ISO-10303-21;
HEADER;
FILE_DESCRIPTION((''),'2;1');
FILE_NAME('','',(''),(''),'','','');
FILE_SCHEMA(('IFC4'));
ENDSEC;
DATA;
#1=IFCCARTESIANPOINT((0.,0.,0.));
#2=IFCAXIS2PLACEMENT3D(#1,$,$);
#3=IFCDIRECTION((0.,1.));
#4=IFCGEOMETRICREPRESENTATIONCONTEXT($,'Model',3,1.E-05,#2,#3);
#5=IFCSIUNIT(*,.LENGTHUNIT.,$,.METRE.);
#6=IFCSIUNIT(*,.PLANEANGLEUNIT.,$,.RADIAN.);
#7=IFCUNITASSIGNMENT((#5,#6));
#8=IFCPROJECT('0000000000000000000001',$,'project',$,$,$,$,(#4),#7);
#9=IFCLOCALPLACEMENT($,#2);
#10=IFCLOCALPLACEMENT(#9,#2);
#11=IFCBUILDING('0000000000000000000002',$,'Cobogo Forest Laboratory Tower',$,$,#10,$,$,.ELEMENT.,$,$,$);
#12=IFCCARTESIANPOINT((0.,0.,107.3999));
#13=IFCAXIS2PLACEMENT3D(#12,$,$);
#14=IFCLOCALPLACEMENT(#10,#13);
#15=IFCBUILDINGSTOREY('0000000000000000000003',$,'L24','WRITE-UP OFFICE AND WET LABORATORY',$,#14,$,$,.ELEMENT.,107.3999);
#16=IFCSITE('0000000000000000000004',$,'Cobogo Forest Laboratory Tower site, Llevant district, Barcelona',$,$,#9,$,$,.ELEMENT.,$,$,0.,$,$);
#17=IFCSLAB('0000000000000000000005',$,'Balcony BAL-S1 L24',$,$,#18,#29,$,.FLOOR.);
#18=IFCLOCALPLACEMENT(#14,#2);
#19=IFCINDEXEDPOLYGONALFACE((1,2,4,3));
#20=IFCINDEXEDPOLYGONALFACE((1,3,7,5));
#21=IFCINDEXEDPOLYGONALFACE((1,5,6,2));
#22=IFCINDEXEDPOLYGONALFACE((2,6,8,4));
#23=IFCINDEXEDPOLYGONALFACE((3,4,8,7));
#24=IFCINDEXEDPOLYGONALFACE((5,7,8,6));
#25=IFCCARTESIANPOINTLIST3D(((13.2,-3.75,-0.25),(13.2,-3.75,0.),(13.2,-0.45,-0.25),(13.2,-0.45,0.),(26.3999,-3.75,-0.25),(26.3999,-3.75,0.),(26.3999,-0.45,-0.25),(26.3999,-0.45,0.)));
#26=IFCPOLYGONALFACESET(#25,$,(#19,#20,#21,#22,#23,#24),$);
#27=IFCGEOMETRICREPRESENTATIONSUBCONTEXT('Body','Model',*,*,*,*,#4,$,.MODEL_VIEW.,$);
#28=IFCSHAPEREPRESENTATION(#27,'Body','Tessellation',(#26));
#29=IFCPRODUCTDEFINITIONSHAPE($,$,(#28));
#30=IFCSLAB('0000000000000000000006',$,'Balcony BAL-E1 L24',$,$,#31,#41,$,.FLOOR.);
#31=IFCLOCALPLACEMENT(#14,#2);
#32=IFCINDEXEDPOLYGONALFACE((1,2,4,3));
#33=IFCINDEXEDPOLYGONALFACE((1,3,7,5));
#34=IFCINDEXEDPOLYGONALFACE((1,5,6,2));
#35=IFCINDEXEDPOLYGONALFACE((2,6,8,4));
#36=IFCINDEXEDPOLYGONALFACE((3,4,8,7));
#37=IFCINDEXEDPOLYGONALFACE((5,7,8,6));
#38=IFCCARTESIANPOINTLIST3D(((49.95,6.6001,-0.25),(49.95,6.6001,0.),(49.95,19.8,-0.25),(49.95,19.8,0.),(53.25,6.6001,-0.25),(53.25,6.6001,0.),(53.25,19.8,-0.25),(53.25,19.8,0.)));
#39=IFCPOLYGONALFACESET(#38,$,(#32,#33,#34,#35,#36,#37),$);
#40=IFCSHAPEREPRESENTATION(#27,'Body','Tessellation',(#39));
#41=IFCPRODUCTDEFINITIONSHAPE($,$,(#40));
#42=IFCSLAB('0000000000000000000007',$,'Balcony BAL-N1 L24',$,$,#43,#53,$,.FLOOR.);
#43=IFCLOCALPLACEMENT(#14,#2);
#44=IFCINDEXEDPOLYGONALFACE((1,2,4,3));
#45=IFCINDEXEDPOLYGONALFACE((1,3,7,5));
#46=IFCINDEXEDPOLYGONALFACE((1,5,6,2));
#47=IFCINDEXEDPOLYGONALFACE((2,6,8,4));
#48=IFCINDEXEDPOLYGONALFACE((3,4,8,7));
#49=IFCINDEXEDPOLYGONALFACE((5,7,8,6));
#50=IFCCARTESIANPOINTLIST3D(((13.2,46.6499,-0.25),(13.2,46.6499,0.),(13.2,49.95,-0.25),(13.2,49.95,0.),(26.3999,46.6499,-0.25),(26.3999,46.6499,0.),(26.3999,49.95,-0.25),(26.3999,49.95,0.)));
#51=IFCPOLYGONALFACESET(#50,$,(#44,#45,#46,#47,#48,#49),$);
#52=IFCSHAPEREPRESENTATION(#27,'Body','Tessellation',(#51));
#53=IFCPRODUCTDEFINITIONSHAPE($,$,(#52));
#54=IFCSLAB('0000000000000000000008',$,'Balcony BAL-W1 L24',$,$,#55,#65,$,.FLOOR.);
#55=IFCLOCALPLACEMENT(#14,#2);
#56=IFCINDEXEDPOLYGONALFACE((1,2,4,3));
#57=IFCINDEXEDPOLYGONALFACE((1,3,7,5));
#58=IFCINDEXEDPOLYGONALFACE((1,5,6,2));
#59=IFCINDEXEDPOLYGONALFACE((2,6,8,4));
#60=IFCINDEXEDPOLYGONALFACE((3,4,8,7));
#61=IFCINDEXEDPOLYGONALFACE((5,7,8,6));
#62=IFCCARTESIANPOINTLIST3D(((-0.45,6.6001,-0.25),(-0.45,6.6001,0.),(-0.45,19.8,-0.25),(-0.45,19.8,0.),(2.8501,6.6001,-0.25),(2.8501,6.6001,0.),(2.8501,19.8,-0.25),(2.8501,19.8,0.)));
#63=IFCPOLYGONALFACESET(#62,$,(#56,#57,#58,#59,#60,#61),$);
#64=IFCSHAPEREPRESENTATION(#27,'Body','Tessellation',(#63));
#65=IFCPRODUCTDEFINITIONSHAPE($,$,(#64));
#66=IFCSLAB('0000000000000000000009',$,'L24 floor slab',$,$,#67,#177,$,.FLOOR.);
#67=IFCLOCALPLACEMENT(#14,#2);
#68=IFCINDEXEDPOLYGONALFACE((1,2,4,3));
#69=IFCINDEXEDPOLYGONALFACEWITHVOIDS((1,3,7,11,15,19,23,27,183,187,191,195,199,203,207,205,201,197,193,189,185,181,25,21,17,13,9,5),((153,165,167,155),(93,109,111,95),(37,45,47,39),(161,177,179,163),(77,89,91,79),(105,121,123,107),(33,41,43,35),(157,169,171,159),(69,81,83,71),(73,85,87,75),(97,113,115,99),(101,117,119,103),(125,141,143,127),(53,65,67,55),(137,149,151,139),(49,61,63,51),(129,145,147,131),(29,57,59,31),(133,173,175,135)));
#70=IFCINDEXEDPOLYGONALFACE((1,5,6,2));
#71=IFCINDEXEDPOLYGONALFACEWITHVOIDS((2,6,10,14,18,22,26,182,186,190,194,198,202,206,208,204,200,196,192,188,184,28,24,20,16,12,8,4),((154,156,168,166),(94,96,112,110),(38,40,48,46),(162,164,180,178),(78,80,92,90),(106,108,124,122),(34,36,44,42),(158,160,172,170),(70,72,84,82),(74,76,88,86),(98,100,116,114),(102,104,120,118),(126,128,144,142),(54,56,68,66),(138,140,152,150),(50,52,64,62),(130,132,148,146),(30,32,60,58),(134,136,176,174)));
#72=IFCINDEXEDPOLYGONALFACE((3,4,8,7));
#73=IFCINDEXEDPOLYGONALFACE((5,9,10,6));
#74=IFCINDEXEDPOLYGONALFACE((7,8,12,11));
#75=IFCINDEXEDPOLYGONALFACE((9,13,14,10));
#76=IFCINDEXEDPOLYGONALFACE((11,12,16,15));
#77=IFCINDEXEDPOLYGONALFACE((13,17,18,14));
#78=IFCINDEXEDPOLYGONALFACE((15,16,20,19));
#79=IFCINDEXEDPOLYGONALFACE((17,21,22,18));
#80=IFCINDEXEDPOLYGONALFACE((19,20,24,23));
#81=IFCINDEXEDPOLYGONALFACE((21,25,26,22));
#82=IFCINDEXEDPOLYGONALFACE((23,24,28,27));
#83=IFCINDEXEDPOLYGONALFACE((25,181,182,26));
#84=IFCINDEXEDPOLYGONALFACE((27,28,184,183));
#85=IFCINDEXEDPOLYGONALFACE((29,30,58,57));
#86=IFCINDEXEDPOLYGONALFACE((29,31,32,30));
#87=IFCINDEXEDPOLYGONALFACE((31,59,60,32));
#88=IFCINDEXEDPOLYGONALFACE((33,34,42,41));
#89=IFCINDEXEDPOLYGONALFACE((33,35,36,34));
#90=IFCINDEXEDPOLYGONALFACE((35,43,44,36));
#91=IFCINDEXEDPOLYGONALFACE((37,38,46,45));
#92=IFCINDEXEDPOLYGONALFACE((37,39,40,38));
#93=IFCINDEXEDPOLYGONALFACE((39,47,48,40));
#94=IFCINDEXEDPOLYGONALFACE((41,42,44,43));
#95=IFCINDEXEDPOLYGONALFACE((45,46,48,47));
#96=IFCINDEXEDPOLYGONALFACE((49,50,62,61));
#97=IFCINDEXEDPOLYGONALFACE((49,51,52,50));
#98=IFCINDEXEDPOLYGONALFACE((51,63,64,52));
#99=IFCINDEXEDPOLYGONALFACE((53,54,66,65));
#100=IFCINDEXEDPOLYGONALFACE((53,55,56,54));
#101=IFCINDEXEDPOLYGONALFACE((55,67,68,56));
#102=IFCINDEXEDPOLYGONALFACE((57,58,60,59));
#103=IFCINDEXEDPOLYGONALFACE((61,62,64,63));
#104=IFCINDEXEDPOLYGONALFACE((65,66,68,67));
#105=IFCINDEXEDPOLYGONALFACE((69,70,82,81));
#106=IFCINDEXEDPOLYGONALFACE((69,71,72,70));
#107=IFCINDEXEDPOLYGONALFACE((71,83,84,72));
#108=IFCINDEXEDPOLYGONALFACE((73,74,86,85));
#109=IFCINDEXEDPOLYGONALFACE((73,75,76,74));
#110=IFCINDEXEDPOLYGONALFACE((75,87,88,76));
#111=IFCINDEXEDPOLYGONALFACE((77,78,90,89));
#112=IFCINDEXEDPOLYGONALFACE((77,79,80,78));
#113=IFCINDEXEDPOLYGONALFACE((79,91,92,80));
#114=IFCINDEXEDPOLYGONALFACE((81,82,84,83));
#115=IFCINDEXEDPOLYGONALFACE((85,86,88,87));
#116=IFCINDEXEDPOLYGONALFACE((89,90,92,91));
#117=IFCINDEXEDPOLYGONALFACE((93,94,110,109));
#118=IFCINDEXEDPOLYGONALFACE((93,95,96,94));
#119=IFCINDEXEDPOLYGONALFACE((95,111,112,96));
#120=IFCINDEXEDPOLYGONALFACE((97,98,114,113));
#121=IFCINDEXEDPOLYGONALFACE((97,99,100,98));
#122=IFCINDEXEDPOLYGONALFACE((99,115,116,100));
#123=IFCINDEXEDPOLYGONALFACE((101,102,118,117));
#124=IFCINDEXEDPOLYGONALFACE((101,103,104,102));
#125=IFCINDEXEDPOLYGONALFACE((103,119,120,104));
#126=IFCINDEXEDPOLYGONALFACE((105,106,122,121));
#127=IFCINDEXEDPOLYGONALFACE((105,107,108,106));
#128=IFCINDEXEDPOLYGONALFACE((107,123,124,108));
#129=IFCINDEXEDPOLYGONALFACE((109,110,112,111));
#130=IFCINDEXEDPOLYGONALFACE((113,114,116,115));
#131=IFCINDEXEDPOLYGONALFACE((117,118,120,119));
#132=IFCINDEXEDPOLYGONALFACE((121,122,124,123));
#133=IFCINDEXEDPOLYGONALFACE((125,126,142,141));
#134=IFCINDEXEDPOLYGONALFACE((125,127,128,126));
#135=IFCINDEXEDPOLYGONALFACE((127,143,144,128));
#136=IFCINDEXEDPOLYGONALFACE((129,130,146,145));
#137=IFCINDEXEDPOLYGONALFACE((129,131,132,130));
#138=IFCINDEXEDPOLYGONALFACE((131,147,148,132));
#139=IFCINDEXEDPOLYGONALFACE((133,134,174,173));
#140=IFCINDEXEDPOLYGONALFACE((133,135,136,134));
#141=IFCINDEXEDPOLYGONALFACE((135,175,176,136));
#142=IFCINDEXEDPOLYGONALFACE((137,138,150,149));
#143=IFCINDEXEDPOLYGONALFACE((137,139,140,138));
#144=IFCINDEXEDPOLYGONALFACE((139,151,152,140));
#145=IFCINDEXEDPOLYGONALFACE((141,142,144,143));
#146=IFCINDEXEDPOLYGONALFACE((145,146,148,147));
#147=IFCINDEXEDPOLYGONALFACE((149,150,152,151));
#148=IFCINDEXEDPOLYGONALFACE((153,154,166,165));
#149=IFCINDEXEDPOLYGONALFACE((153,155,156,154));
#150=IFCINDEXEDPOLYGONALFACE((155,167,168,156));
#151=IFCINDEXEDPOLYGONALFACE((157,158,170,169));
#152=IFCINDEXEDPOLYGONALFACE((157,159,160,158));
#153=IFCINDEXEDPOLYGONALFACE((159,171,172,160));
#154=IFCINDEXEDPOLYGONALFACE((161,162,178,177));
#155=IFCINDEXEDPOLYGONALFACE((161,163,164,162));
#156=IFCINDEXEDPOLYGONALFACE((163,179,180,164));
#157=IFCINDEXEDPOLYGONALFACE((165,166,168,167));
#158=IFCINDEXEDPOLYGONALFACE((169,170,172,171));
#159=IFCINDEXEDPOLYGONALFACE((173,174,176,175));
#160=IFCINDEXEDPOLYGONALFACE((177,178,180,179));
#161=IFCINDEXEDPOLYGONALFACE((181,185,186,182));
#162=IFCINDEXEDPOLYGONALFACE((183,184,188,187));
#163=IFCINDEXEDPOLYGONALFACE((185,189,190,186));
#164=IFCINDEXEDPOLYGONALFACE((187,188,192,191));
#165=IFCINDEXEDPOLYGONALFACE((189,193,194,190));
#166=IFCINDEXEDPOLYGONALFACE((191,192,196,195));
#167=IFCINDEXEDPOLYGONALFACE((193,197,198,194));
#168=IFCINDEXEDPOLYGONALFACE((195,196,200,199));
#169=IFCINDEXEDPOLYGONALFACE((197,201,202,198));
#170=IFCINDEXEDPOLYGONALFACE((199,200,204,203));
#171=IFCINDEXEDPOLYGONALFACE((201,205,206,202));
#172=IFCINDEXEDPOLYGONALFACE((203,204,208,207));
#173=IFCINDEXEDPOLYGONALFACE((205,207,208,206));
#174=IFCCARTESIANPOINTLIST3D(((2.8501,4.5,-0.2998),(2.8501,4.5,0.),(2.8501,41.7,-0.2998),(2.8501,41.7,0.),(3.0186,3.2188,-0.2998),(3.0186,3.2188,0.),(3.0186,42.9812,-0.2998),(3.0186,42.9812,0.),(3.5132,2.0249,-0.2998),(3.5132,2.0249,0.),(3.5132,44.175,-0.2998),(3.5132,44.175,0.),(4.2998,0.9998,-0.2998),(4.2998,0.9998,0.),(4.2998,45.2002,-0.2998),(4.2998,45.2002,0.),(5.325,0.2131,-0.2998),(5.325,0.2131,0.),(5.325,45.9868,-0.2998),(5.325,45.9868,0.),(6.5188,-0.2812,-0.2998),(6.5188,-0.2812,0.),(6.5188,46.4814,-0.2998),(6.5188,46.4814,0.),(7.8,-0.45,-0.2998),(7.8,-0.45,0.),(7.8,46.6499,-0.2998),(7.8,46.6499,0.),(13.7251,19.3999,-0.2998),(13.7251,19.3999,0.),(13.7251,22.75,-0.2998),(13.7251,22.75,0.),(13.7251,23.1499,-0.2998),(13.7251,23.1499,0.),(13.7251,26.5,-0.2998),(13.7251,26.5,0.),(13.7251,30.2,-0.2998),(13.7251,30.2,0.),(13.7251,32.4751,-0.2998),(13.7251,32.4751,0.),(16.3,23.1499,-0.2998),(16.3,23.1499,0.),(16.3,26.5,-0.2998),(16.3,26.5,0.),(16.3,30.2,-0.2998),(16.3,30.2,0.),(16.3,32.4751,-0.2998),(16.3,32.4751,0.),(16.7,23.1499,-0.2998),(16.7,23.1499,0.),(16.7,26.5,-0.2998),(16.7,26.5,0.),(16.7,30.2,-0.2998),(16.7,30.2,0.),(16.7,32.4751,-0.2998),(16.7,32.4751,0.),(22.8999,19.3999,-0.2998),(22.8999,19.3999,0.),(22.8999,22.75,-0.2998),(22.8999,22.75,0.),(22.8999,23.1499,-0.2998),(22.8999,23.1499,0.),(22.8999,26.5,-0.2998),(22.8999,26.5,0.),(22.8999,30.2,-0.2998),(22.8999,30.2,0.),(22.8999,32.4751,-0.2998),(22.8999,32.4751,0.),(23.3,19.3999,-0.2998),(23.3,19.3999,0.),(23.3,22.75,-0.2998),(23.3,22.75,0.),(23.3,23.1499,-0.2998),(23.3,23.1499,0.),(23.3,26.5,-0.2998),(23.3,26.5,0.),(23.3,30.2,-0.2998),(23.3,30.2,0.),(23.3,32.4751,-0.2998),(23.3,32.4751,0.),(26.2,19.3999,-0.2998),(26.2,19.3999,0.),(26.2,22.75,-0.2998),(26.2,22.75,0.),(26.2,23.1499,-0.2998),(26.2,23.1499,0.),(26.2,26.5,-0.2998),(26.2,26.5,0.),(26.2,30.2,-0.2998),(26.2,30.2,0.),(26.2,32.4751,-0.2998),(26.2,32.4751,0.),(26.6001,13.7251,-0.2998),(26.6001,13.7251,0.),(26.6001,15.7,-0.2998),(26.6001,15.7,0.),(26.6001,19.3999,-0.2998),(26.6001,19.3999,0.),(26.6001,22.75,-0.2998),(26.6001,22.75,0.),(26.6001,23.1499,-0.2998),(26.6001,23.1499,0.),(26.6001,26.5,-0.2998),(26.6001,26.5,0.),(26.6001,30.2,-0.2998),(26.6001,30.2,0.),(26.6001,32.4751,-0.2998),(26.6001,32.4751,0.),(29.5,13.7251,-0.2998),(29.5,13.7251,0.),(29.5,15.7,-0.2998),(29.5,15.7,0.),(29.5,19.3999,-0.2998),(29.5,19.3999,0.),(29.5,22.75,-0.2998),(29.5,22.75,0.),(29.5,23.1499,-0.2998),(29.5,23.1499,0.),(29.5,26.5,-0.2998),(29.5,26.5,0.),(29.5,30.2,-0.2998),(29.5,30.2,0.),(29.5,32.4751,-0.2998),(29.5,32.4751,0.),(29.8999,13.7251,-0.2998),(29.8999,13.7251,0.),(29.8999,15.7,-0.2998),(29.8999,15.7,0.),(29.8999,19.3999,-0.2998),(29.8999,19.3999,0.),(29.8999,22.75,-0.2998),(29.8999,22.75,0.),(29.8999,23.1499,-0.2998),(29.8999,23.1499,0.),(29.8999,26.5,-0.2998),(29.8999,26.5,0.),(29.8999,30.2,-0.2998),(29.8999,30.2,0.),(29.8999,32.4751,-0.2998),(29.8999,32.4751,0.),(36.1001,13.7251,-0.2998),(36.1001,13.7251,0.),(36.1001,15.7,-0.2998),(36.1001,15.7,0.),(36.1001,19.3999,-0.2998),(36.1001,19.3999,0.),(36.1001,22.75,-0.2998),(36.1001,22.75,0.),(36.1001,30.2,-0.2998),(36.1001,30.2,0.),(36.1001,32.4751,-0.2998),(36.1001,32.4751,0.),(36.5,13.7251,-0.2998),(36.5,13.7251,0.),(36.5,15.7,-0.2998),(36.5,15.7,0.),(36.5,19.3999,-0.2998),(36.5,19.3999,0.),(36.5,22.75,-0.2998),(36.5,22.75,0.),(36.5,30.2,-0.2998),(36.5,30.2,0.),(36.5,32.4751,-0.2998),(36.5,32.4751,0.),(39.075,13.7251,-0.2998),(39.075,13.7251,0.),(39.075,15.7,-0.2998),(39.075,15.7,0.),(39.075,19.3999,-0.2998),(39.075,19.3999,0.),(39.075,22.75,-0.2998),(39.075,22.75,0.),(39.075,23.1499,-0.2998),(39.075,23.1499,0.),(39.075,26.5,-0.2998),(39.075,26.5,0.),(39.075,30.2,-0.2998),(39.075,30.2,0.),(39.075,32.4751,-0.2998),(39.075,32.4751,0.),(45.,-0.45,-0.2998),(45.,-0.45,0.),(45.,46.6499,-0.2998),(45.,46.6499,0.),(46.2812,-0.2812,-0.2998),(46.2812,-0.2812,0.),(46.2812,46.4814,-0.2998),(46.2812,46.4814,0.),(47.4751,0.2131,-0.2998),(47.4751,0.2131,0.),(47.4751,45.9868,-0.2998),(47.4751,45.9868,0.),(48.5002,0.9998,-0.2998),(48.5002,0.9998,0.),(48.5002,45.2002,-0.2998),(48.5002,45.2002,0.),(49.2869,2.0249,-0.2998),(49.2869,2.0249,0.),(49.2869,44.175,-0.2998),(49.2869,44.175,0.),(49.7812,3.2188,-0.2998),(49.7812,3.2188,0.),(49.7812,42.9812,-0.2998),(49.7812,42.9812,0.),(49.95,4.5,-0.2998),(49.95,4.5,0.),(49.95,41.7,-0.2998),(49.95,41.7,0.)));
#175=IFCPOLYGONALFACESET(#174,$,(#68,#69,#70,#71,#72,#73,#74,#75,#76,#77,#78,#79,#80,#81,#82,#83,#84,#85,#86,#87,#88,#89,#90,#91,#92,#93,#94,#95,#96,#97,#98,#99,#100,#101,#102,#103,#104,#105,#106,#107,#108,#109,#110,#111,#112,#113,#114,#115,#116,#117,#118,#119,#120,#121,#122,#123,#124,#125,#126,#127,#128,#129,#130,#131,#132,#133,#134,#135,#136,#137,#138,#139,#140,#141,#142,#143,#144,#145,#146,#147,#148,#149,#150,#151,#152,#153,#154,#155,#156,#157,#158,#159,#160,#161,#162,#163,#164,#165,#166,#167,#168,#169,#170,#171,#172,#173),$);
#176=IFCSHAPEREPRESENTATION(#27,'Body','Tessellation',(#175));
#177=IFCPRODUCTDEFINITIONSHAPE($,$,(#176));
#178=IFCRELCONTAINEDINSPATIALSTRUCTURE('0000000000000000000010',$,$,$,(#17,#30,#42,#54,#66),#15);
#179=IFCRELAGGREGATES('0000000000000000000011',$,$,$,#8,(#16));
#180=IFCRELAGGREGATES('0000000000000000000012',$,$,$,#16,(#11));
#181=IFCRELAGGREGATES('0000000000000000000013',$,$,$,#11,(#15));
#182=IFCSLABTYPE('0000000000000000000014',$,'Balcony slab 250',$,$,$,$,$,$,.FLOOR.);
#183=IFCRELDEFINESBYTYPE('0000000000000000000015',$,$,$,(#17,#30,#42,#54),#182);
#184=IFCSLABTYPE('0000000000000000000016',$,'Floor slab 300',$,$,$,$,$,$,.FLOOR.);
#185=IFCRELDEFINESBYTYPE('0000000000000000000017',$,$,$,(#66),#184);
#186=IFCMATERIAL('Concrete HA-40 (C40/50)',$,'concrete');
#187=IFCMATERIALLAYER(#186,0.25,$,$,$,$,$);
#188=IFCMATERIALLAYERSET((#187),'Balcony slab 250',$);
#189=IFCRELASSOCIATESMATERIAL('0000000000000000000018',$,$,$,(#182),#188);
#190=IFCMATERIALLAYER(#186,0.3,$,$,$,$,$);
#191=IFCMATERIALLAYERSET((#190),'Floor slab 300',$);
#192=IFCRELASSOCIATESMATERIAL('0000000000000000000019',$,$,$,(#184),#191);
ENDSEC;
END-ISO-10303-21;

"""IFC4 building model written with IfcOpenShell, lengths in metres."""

from ifc_helpers import new_model, si_unit, direction, frame, origin, place, context, subcontext, project, spatial, polyline, outline, extrude, material, layer, layer_set, type_object, element, save


model = new_model("IFC4")

# Units and contexts
model_context = context("Model", 3, precision=1e-05, world=origin(), true_north=direction((0.0, 1.0)))
body_context = subcontext(model_context, "Body", "Model", "MODEL_VIEW")
ifc_project = project(units=[si_unit("LENGTHUNIT", "METRE"), si_unit("PLANEANGLEUNIT", "RADIAN")], contexts=[model_context])

# Site, building, storey
site_placement = place(None, origin())
site = spatial("IfcSite", under=ifc_project, at=site_placement, Name="Cobogo Forest Laboratory Tower site, Llevant district, Barcelona", CompositionType="ELEMENT", RefElevation=0.0)
building_placement = place(site_placement, origin())
building = spatial("IfcBuilding", under=site, at=building_placement, Name="Cobogo Forest Laboratory Tower", CompositionType="ELEMENT")
storey_placement = place(building_placement, frame((0.0, 0.0, 107.3999)))
storey = spatial("IfcBuildingStorey", under=building, at=storey_placement, Name="L24", Description="WRITE-UP OFFICE AND WET LABORATORY", CompositionType="ELEMENT", Elevation=107.3999)

# Slabs
ifc_material_1 = material(Name="Concrete HA-40 (C40/50)", Category="concrete")
ifc_layer_1 = layer(ifc_material_1, 0.25)
ifc_layer_set_1 = layer_set([ifc_layer_1], Name="Balcony slab 250")
slab_type_1 = type_object("IfcSlabType", Name="Balcony slab 250", PredefinedType="FLOOR", material=ifc_layer_set_1)
slab_1_placement = place(storey_placement, frame((0.0, 0.0, -0.25)))
element("IfcSlab", 1, at=slab_1_placement, inside=storey, type_object=slab_type_1, Name="Balcony BAL-S1 L24", PredefinedType="FLOOR", context=body_context, shape_type="SweptSolid", body=[
    extrude(outline(polyline([(13.2, -3.75), (26.3999, -3.75), (26.3999, -0.45), (13.2, -0.45), (13.2, -3.75)])), origin(), (0.0, 0.0, 1.0), 0.25),
])
slab_2_placement = place(storey_placement, frame((0.0, 0.0, -0.25)))
element("IfcSlab", 2, at=slab_2_placement, inside=storey, type_object=slab_type_1, Name="Balcony BAL-E1 L24", PredefinedType="FLOOR", context=body_context, shape_type="SweptSolid", body=[
    extrude(outline(polyline([(49.95, 6.6001), (53.25, 6.6001), (53.25, 19.8), (49.95, 19.8), (49.95, 6.6001)])), origin(), (0.0, 0.0, 1.0), 0.25),
])
slab_3_placement = place(storey_placement, frame((0.0, 0.0, -0.25)))
element("IfcSlab", 3, at=slab_3_placement, inside=storey, type_object=slab_type_1, Name="Balcony BAL-N1 L24", PredefinedType="FLOOR", context=body_context, shape_type="SweptSolid", body=[
    extrude(outline(polyline([(13.2, 46.6499), (26.3999, 46.6499), (26.3999, 49.95), (13.2, 49.95), (13.2, 46.6499)])), origin(), (0.0, 0.0, 1.0), 0.25),
])
slab_4_placement = place(storey_placement, frame((0.0, 0.0, -0.25)))
element("IfcSlab", 4, at=slab_4_placement, inside=storey, type_object=slab_type_1, Name="Balcony BAL-W1 L24", PredefinedType="FLOOR", context=body_context, shape_type="SweptSolid", body=[
    extrude(outline(polyline([(-0.45, 6.6001), (2.8501, 6.6001), (2.8501, 19.8), (-0.45, 19.8), (-0.45, 6.6001)])), origin(), (0.0, 0.0, 1.0), 0.25),
])
ifc_layer_2 = layer(ifc_material_1, 0.3)
ifc_layer_set_2 = layer_set([ifc_layer_2], Name="Floor slab 300")
slab_type_2 = type_object("IfcSlabType", Name="Floor slab 300", PredefinedType="FLOOR", material=ifc_layer_set_2)
slab_5_placement = place(storey_placement, frame((0.0, 0.0, -0.2998)))
element("IfcSlab", 5, at=slab_5_placement, inside=storey, type_object=slab_type_2, Name="L24 floor slab", PredefinedType="FLOOR", context=body_context, shape_type="SweptSolid", body=[
    extrude(outline(polyline([(45.0, -0.45), (46.2812, -0.2812), (47.4751, 0.2131), (48.5002, 0.9998), (49.2869, 2.0249), (49.7812, 3.2188), (49.95, 4.5), (49.95, 41.7), (49.7812, 42.9812), (49.2869, 44.175), (48.5002, 45.2002), (47.4751, 45.9868), (46.2812, 46.4814), (45.0, 46.6499), (7.8, 46.6499), (6.5188, 46.4814), (5.325, 45.9868), (4.2998, 45.2002), (3.5132, 44.175), (3.0186, 42.9812), (2.8501, 41.7), (2.8501, 4.5), (3.0186, 3.2188), (3.5132, 2.0249), (4.2998, 0.9998), (5.325, 0.2131), (6.5188, -0.2812), (7.8, -0.45), (45.0, -0.45)]), holes=[polyline([(29.5, 13.7251), (26.6001, 13.7251), (26.6001, 15.7), (29.5, 15.7), (29.5, 13.7251)]), polyline([(36.1001, 15.7), (36.1001, 13.7251), (29.8999, 13.7251), (29.8999, 15.7), (36.1001, 15.7)]), polyline([(36.5, 13.7251), (36.5, 15.7), (39.075, 15.7), (39.075, 13.7251), (36.5, 13.7251)]), polyline([(13.7251, 19.3999), (13.7251, 22.75), (22.8999, 22.75), (22.8999, 19.3999), (13.7251, 19.3999)]), polyline([(23.3, 19.3999), (23.3, 22.75), (26.2, 22.75), (26.2, 19.3999), (23.3, 19.3999)]), polyline([(29.5, 19.3999), (26.6001, 19.3999), (26.6001, 22.75), (29.5, 22.75), (29.5, 19.3999)]), polyline([(36.1001, 22.75), (36.1001, 19.3999), (29.8999, 19.3999), (29.8999, 22.75), (36.1001, 22.75)]), polyline([(39.075, 19.3999), (36.5, 19.3999), (36.5, 22.75), (39.075, 22.75), (39.075, 19.3999)]), polyline([(16.3, 23.1499), (13.7251, 23.1499), (13.7251, 26.5), (16.3, 26.5), (16.3, 23.1499)]), polyline([(22.8999, 26.5), (22.8999, 23.1499), (16.7, 23.1499), (16.7, 26.5), (22.8999, 26.5)]), polyline([(26.2, 23.1499), (23.3, 23.1499), (23.3, 26.5), (26.2, 26.5), (26.2, 23.1499)]), polyline([(26.6001, 23.1499), (26.6001, 26.5), (29.5, 26.5), (29.5, 23.1499), (26.6001, 23.1499)]), polyline([(29.8999, 23.1499), (29.8999, 26.5), (39.075, 26.5), (39.075, 23.1499), (29.8999, 23.1499)]), polyline([(13.7251, 30.2), (13.7251, 32.4751), (16.3, 32.4751), (16.3, 30.2), (13.7251, 30.2)]), polyline([(22.8999, 32.4751), (22.8999, 30.2), (16.7, 30.2), (16.7, 32.4751), (22.8999, 32.4751)]), polyline([(23.3, 30.2), (23.3, 32.4751), (26.2, 32.4751), (26.2, 30.2), (23.3, 30.2)]), polyline([(26.6001, 30.2), (26.6001, 32.4751), (29.5, 32.4751), (29.5, 30.2), (26.6001, 30.2)]), polyline([(36.1001, 32.4751), (36.1001, 30.2), (29.8999, 30.2), (29.8999, 32.4751), (36.1001, 32.4751)]), polyline([(36.5, 30.2), (36.5, 32.4751), (39.075, 32.4751), (39.075, 30.2), (36.5, 30.2)])]), origin(), (0.0, 0.0, 1.0), 0.2998),
])

save(model, "model.ifc")
